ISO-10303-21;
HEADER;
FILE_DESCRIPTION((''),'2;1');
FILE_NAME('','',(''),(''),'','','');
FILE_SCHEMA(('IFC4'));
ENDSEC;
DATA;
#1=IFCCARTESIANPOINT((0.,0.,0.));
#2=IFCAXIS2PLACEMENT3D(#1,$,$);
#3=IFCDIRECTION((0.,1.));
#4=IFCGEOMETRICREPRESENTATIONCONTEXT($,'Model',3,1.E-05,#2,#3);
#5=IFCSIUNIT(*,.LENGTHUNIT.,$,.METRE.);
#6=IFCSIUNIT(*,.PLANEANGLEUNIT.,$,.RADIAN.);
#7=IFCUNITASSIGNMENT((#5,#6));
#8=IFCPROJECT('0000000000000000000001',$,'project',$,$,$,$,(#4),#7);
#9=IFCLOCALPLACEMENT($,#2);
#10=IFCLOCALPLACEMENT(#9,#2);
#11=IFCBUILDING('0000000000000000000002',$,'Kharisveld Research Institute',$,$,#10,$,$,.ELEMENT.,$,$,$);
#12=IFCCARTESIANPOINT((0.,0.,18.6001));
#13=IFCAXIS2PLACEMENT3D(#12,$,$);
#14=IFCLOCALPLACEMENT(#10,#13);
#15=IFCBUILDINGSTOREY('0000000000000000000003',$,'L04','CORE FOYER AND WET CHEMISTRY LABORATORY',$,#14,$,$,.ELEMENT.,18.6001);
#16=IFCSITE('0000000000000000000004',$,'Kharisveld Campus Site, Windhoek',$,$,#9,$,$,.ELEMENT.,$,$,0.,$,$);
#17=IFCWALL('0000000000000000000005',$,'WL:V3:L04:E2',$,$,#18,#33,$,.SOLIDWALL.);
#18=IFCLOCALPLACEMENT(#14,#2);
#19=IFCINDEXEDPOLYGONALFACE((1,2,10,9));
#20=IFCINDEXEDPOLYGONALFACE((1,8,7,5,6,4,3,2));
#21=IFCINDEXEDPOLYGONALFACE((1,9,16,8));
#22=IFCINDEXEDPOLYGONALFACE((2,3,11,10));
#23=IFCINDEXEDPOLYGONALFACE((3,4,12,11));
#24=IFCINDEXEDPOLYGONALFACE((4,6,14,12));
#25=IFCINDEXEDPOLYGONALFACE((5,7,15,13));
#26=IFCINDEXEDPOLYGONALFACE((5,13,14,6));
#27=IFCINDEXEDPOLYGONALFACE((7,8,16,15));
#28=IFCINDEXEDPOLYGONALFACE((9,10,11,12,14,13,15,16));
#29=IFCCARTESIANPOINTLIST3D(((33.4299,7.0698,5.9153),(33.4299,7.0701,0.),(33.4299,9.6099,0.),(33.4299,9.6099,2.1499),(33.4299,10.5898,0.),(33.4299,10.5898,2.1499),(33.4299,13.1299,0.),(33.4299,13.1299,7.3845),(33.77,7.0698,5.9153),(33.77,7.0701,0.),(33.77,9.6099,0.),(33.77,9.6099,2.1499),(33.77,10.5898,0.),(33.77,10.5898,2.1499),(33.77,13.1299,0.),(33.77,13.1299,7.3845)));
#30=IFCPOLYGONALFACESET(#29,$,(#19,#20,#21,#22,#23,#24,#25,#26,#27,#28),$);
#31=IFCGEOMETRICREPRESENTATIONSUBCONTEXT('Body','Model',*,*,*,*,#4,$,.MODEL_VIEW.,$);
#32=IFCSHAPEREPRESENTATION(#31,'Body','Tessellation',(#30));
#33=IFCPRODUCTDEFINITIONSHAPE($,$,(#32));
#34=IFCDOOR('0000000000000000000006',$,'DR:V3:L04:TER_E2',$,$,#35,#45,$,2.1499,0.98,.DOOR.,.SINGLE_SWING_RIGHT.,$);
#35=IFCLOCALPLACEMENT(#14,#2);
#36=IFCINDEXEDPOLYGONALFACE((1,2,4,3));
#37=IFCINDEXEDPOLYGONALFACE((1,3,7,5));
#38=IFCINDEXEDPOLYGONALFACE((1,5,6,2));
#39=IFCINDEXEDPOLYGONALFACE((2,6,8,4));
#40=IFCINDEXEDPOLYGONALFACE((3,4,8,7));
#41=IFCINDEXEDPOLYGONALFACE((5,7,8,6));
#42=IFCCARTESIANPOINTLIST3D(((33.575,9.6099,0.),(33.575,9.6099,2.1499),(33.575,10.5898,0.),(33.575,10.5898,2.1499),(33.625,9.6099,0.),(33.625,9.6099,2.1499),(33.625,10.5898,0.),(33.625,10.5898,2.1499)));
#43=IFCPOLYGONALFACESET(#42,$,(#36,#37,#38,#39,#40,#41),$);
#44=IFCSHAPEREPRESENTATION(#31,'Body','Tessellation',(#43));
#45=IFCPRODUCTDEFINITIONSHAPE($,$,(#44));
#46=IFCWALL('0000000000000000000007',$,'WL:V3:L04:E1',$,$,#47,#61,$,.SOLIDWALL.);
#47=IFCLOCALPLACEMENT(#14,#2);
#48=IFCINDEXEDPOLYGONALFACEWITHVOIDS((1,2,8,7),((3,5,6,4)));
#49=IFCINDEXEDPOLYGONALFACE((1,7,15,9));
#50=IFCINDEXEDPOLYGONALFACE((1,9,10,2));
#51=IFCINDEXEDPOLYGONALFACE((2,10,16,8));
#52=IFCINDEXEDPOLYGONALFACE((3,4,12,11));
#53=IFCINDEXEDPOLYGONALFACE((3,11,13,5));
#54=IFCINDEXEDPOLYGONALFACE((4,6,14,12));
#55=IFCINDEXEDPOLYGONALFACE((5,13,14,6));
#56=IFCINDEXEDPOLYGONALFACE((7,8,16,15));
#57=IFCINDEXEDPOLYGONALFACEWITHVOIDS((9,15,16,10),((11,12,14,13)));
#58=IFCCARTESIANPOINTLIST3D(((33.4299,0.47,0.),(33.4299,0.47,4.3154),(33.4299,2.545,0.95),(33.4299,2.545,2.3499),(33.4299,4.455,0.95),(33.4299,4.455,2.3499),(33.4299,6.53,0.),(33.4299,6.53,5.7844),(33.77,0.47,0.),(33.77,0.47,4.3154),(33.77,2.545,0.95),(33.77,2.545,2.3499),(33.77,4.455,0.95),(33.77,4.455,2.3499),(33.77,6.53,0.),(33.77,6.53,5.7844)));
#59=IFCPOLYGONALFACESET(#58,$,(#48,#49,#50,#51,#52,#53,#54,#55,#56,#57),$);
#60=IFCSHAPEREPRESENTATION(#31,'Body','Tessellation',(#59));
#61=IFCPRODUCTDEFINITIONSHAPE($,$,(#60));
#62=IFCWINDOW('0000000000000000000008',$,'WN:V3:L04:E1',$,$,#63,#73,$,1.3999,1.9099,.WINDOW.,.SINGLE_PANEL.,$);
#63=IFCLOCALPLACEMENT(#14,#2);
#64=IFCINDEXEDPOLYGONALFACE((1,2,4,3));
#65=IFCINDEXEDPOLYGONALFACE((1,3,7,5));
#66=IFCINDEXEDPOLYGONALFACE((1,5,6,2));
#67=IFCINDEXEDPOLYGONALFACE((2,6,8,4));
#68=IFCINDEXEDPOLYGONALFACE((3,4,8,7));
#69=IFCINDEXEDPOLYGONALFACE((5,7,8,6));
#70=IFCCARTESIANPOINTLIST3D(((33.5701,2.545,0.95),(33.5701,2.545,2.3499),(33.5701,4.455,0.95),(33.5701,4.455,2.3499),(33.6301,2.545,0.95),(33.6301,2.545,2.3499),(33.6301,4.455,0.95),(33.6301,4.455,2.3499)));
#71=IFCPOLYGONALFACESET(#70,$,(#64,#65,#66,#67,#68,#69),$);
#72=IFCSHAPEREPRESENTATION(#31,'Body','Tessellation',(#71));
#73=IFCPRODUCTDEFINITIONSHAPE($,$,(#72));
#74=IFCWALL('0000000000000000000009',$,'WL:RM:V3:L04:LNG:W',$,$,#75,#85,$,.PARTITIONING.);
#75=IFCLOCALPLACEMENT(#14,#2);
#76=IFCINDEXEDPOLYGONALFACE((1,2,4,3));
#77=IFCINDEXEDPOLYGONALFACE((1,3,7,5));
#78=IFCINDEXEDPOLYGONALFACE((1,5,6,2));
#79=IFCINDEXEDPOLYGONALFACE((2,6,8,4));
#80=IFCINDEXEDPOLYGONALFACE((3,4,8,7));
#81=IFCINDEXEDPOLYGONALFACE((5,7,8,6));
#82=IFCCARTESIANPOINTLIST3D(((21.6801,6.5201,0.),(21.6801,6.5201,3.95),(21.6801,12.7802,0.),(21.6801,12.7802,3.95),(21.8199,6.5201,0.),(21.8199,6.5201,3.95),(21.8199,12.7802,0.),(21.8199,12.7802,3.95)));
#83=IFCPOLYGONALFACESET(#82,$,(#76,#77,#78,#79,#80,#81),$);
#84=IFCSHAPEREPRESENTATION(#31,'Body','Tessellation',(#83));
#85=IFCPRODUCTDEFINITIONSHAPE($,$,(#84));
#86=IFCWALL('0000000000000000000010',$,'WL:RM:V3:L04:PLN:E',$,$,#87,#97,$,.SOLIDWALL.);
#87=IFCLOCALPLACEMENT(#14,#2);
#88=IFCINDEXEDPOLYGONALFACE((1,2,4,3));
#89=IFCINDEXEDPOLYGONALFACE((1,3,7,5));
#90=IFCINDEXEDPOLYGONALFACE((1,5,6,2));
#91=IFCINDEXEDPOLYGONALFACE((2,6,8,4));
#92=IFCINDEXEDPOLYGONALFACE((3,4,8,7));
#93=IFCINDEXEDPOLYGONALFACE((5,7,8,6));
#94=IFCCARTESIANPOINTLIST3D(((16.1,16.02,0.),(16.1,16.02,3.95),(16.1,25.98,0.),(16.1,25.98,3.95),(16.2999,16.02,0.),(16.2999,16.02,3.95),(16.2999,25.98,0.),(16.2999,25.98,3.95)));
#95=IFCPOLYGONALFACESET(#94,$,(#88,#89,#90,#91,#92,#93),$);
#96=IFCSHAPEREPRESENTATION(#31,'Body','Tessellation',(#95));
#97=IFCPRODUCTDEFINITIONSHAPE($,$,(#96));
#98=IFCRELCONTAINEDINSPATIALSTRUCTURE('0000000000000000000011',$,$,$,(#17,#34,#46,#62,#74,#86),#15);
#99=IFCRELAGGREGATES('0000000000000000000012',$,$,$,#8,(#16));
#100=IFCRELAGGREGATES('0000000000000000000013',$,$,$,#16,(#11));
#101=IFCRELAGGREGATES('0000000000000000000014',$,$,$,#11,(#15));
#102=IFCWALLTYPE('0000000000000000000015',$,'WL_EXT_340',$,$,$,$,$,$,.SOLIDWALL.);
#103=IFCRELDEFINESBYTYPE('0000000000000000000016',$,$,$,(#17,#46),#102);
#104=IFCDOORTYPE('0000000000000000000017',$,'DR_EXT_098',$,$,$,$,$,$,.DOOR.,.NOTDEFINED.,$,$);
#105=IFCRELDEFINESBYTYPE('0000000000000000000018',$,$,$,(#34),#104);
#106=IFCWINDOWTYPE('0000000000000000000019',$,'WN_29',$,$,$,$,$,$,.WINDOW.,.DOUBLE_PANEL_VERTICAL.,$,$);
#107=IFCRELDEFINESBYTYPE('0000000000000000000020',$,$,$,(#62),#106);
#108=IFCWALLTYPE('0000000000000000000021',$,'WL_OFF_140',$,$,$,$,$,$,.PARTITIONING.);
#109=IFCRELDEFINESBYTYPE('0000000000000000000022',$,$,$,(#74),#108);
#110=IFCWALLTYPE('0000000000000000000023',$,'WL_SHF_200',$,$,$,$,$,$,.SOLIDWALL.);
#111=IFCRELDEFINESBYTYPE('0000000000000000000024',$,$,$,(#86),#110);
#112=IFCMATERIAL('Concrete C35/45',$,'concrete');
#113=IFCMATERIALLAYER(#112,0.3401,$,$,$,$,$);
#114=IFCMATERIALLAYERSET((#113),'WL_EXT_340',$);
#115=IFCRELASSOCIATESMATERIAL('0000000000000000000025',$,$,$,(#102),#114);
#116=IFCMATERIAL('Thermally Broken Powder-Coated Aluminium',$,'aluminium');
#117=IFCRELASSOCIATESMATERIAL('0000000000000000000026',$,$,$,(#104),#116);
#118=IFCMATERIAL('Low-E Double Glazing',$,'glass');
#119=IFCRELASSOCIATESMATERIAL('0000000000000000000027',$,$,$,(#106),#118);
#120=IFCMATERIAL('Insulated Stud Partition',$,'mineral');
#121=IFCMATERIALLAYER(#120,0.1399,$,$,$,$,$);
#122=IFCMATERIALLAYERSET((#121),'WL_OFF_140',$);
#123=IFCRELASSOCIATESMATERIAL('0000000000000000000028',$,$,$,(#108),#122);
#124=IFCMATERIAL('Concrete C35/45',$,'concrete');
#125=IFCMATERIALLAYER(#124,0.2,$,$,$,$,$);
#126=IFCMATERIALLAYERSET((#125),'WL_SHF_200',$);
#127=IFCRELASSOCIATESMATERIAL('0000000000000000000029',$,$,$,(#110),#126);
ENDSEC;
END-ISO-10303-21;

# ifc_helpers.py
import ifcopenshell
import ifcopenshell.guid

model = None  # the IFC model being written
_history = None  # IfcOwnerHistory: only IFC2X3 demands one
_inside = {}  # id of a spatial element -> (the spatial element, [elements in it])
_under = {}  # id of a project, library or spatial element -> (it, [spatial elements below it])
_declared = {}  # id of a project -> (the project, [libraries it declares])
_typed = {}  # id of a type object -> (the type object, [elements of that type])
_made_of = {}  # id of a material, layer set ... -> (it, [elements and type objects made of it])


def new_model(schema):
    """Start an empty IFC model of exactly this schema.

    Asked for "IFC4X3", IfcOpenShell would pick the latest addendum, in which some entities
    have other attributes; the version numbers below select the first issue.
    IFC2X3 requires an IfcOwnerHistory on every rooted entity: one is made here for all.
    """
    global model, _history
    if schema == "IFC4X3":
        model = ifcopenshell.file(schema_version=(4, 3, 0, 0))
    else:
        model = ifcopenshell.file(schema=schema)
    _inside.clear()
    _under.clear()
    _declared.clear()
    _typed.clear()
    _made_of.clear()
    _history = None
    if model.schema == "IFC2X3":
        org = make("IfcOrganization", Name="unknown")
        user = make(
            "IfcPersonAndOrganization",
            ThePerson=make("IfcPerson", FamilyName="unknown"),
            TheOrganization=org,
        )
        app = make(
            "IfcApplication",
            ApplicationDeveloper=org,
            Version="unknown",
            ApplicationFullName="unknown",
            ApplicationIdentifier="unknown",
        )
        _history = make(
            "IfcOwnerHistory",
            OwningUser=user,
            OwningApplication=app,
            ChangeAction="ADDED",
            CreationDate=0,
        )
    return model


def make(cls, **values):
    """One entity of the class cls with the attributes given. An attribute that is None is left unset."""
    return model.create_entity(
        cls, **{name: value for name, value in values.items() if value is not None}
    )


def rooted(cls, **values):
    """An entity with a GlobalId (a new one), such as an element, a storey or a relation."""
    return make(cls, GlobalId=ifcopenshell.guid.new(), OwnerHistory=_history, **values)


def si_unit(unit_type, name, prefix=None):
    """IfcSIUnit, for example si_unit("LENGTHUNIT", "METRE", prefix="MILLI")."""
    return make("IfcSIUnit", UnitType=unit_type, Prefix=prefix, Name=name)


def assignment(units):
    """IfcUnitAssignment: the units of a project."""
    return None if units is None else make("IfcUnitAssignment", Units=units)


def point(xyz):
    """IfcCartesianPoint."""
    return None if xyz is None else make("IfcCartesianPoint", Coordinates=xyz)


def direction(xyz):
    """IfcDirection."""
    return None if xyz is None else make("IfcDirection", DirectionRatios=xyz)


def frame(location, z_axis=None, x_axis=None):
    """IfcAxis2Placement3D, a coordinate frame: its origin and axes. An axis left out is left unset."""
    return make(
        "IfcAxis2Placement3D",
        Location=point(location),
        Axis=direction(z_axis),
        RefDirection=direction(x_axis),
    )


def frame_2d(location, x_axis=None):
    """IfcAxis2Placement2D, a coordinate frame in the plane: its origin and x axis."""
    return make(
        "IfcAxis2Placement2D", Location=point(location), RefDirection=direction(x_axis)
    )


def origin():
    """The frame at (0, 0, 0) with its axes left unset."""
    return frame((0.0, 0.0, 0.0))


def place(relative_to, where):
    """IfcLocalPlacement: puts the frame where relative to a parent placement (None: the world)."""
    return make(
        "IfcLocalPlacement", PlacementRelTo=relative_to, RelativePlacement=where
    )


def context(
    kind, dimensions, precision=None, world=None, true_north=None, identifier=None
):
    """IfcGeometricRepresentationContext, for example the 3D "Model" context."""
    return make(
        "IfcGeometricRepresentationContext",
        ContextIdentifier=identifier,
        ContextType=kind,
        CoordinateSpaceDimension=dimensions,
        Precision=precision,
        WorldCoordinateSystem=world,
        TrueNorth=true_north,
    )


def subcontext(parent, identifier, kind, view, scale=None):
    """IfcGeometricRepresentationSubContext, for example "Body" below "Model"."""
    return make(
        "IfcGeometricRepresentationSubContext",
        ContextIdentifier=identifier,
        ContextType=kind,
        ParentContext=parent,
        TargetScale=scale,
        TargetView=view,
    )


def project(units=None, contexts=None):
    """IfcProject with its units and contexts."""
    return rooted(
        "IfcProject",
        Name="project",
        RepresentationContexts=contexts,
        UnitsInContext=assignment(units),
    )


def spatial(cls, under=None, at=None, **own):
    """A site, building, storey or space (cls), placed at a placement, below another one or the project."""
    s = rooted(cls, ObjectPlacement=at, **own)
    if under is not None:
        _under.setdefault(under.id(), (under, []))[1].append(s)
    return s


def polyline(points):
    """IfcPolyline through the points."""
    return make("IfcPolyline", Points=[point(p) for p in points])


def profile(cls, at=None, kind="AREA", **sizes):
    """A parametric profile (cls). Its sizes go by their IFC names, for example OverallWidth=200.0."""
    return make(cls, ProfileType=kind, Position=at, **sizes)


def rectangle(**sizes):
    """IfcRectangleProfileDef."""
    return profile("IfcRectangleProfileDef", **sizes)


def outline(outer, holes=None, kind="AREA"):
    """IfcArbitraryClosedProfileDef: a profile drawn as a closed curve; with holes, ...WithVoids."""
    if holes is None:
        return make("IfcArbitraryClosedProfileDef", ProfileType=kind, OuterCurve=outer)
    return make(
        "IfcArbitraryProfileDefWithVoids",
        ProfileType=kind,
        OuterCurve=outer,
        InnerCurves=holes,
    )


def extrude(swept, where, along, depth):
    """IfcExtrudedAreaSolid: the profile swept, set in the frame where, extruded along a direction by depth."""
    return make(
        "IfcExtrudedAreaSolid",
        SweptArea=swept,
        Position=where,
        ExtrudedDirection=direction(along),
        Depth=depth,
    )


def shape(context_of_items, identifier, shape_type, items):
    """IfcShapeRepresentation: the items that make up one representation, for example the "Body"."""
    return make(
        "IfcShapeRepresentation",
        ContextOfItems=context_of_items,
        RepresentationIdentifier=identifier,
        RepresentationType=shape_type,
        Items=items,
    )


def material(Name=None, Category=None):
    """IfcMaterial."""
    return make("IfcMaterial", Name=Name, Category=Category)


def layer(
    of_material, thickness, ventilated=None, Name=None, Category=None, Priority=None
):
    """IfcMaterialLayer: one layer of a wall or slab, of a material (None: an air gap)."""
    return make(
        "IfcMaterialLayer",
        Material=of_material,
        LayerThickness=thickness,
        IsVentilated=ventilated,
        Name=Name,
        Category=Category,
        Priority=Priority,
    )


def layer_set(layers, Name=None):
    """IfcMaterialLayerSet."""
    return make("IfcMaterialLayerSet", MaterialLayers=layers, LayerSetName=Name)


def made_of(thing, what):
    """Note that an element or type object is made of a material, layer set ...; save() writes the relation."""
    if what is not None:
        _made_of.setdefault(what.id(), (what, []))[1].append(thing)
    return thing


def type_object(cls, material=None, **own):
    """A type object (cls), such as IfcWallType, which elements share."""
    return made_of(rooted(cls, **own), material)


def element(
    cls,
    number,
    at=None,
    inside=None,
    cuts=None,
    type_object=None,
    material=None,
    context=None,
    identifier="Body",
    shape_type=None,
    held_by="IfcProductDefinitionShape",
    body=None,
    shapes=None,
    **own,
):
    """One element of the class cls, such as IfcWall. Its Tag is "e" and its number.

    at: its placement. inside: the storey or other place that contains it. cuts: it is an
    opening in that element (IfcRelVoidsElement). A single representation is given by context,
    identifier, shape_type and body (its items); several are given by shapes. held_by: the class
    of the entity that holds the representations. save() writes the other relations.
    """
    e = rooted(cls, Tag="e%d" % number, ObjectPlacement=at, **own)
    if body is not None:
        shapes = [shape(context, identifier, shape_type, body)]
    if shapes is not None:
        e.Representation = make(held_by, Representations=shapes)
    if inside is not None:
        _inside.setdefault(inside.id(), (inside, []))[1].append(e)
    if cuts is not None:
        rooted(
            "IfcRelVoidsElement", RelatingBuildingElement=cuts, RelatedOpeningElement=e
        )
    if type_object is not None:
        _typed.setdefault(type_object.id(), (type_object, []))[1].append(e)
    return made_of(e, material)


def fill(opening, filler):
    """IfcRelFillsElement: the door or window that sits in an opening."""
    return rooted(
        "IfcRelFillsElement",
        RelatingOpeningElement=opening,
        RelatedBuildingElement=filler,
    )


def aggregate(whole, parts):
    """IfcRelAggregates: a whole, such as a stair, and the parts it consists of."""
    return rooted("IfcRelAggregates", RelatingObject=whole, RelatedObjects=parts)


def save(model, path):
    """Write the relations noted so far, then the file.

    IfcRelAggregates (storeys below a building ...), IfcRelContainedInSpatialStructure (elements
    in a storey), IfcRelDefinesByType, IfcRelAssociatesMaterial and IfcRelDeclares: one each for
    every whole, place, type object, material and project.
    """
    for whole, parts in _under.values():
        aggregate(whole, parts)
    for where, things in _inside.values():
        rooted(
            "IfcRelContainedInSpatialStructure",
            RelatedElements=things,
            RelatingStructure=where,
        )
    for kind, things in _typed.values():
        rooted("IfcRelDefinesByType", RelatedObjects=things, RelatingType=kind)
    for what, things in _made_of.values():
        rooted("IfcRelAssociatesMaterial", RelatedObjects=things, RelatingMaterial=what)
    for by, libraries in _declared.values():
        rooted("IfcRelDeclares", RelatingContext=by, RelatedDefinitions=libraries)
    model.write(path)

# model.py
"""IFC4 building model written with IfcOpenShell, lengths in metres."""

from ifc_helpers import new_model, si_unit, direction, frame, frame_2d, origin, place, context, subcontext, project, spatial, polyline, rectangle, outline, extrude, material, layer, layer_set, type_object, element, fill, save


model = new_model("IFC4")

# Units and contexts
model_context = context("Model", 3, precision=1e-05, world=origin(), true_north=direction((0.0, 1.0)))
body_context = subcontext(model_context, "Body", "Model", "MODEL_VIEW")
ifc_project = project(units=[si_unit("LENGTHUNIT", "METRE"), si_unit("PLANEANGLEUNIT", "RADIAN")], contexts=[model_context])

# Site, building, storey
site_placement = place(None, origin())
site = spatial("IfcSite", under=ifc_project, at=site_placement, Name="Kharisveld Campus Site, Windhoek", CompositionType="ELEMENT", RefElevation=0.0)
building_placement = place(site_placement, origin())
building = spatial("IfcBuilding", under=site, at=building_placement, Name="Kharisveld Research Institute", CompositionType="ELEMENT")
storey_placement = place(building_placement, frame((0.0, 0.0, 18.6001)))
storey = spatial("IfcBuildingStorey", under=building, at=storey_placement, Name="L04", Description="CORE FOYER AND WET CHEMISTRY LABORATORY", CompositionType="ELEMENT", Elevation=18.6001)

# Shared definitions
ifc_material_1 = material(Name="Concrete C35/45", Category="concrete")
ifc_layer_1 = layer(ifc_material_1, 0.3401)
ifc_layer_set_1 = layer_set([ifc_layer_1], Name="WL_EXT_340")
wall_type_1 = type_object("IfcWallType", Name="WL_EXT_340", PredefinedType="SOLIDWALL", material=ifc_layer_set_1)

# Wall, opening, door
wall_1_placement = place(storey_placement, frame((33.6001, 13.1299, 0.0), z_axis=(0.0, 0.0, 1.0), x_axis=(0.0, -1.0, 0.0)))
wall_1 = element("IfcWall", 1, at=wall_1_placement, inside=storey, type_object=wall_type_1, Name="WL:V3:L04:E2", PredefinedType="SOLIDWALL", context=body_context, shape_type="SweptSolid", body=[
    extrude(outline(polyline([(0.0, 0.0), (6.0598, 0.0), (6.0601, 5.9153), (0.0, 7.3845), (0.0, 0.0)])), frame((0.0, 0.1699, 0.0), z_axis=(0.0, -1.0, 0.0), x_axis=(1.0, 0.0, 0.0)), (0.0, 0.0, 1.0), 0.3401),
])
opening_1_placement = place(wall_1_placement, frame((2.54, 0.0, 0.0)))
opening_1 = element("IfcOpeningElement", 2, at=opening_1_placement, cuts=wall_1, PredefinedType="OPENING", context=body_context, shape_type="SweptSolid", body=[
    extrude(rectangle(XDim=0.98, YDim=2.1499, at=frame_2d((0.49, 1.075))), frame((0.0, 0.1699, 0.0), z_axis=(0.0, -1.0, 0.0), x_axis=(1.0, 0.0, 0.0)), (0.0, 0.0, 1.0), 0.3401),
])
ifc_material_2 = material(Name="Thermally Broken Powder-Coated Aluminium", Category="aluminium")
door_type_1 = type_object("IfcDoorType", Name="DR_EXT_098", OperationType="NOTDEFINED", PredefinedType="DOOR", material=ifc_material_2)
door_1_placement = place(opening_1_placement, origin())
door_1 = element("IfcDoor", 3, at=door_1_placement, inside=storey, type_object=door_type_1, Name="DR:V3:L04:TER_E2", OperationType="SINGLE_SWING_RIGHT", OverallHeight=2.1499, OverallWidth=0.98, PredefinedType="DOOR", context=body_context, shape_type="SweptSolid", body=[
    extrude(rectangle(XDim=0.98, YDim=2.1499, at=frame_2d((0.49, 1.075))), frame((0.0, 0.0249, 0.0), z_axis=(0.0, -1.0, 0.0), x_axis=(1.0, 0.0, 0.0)), (0.0, 0.0, 1.0), 0.05),
])
fill(opening_1, door_1)

# Wall, opening, window
wall_2_placement = place(storey_placement, frame((33.6001, 6.53, 0.0), z_axis=(0.0, 0.0, 1.0), x_axis=(0.0, -1.0, 0.0)))
wall_2 = element("IfcWall", 4, at=wall_2_placement, inside=storey, type_object=wall_type_1, Name="WL:V3:L04:E1", PredefinedType="SOLIDWALL", context=body_context, shape_type="SweptSolid", body=[
    extrude(outline(polyline([(0.0, 0.0), (6.0601, 0.0), (6.0601, 4.3154), (0.0, 5.7844), (0.0, 0.0)])), frame((0.0, 0.1699, 0.0), z_axis=(0.0, -1.0, 0.0), x_axis=(1.0, 0.0, 0.0)), (0.0, 0.0, 1.0), 0.3401),
])
opening_2_placement = place(wall_2_placement, frame((2.075, 0.0, 0.95)))
opening_2 = element("IfcOpeningElement", 5, at=opening_2_placement, cuts=wall_2, PredefinedType="OPENING", context=body_context, shape_type="SweptSolid", body=[
    extrude(rectangle(XDim=1.9099, YDim=1.3999, at=frame_2d((0.9551, 0.7))), frame((0.0, 0.1699, 0.0), z_axis=(0.0, -1.0, 0.0), x_axis=(1.0, 0.0, 0.0)), (0.0, 0.0, 1.0), 0.3401),
])
ifc_material_3 = material(Name="Low-E Double Glazing", Category="glass")
window_type_1 = type_object("IfcWindowType", Name="WN_29", PartitioningType="DOUBLE_PANEL_VERTICAL", PredefinedType="WINDOW", material=ifc_material_3)
window_1_placement = place(opening_2_placement, origin())
window_1 = element("IfcWindow", 6, at=window_1_placement, inside=storey, type_object=window_type_1, Name="WN:V3:L04:E1", OverallHeight=1.3999, OverallWidth=1.9099, PartitioningType="SINGLE_PANEL", PredefinedType="WINDOW", context=body_context, shape_type="SweptSolid", body=[
    extrude(rectangle(XDim=1.9099, YDim=1.3999, at=frame_2d((0.9551, 0.7))), frame((0.0, 0.03, 0.0), z_axis=(0.0, -1.0, 0.0), x_axis=(1.0, 0.0, 0.0)), (0.0, 0.0, 1.0), 0.0601),
])
fill(opening_2, window_1)

# Shared definitions
ifc_material_4 = material(Name="Insulated Stud Partition", Category="mineral")
ifc_layer_2 = layer(ifc_material_4, 0.1399)
ifc_layer_set_2 = layer_set([ifc_layer_2], Name="WL_OFF_140")
wall_type_2 = type_object("IfcWallType", Name="WL_OFF_140", PredefinedType="PARTITIONING", material=ifc_layer_set_2)

# Walls
wall_3_placement = place(storey_placement, frame((21.75, 12.78, 0.0), z_axis=(0.0, 0.0, 1.0), x_axis=(0.0, -1.0, 0.0)))
element("IfcWall", 7, at=wall_3_placement, inside=storey, type_object=wall_type_2, Name="WL:RM:V3:L04:LNG:W", PredefinedType="PARTITIONING", context=body_context, shape_type="SweptSolid", body=[
    extrude(rectangle(XDim=6.26, YDim=0.1399, at=frame_2d((3.1299, 0.0))), origin(), (0.0, 0.0, 1.0), 3.95),
])
ifc_material_5 = material(Name="Concrete C35/45", Category="concrete")
ifc_layer_3 = layer(ifc_material_5, 0.2)
ifc_layer_set_3 = layer_set([ifc_layer_3], Name="WL_SHF_200")
wall_type_3 = type_object("IfcWallType", Name="WL_SHF_200", PredefinedType="SOLIDWALL", material=ifc_layer_set_3)
wall_4_placement = place(storey_placement, frame((16.2, 16.02, 0.0), z_axis=(0.0, 0.0, 1.0), x_axis=(0.0, 1.0, 0.0)))
element("IfcWall", 8, at=wall_4_placement, inside=storey, type_object=wall_type_3, Name="WL:RM:V3:L04:PLN:E", PredefinedType="SOLIDWALL", context=body_context, shape_type="SweptSolid", body=[
    extrude(rectangle(XDim=9.96, YDim=0.2, at=frame_2d((4.98, 0.0))), origin(), (0.0, 0.0, 1.0), 3.95),
])

save(model, "model.ifc")
